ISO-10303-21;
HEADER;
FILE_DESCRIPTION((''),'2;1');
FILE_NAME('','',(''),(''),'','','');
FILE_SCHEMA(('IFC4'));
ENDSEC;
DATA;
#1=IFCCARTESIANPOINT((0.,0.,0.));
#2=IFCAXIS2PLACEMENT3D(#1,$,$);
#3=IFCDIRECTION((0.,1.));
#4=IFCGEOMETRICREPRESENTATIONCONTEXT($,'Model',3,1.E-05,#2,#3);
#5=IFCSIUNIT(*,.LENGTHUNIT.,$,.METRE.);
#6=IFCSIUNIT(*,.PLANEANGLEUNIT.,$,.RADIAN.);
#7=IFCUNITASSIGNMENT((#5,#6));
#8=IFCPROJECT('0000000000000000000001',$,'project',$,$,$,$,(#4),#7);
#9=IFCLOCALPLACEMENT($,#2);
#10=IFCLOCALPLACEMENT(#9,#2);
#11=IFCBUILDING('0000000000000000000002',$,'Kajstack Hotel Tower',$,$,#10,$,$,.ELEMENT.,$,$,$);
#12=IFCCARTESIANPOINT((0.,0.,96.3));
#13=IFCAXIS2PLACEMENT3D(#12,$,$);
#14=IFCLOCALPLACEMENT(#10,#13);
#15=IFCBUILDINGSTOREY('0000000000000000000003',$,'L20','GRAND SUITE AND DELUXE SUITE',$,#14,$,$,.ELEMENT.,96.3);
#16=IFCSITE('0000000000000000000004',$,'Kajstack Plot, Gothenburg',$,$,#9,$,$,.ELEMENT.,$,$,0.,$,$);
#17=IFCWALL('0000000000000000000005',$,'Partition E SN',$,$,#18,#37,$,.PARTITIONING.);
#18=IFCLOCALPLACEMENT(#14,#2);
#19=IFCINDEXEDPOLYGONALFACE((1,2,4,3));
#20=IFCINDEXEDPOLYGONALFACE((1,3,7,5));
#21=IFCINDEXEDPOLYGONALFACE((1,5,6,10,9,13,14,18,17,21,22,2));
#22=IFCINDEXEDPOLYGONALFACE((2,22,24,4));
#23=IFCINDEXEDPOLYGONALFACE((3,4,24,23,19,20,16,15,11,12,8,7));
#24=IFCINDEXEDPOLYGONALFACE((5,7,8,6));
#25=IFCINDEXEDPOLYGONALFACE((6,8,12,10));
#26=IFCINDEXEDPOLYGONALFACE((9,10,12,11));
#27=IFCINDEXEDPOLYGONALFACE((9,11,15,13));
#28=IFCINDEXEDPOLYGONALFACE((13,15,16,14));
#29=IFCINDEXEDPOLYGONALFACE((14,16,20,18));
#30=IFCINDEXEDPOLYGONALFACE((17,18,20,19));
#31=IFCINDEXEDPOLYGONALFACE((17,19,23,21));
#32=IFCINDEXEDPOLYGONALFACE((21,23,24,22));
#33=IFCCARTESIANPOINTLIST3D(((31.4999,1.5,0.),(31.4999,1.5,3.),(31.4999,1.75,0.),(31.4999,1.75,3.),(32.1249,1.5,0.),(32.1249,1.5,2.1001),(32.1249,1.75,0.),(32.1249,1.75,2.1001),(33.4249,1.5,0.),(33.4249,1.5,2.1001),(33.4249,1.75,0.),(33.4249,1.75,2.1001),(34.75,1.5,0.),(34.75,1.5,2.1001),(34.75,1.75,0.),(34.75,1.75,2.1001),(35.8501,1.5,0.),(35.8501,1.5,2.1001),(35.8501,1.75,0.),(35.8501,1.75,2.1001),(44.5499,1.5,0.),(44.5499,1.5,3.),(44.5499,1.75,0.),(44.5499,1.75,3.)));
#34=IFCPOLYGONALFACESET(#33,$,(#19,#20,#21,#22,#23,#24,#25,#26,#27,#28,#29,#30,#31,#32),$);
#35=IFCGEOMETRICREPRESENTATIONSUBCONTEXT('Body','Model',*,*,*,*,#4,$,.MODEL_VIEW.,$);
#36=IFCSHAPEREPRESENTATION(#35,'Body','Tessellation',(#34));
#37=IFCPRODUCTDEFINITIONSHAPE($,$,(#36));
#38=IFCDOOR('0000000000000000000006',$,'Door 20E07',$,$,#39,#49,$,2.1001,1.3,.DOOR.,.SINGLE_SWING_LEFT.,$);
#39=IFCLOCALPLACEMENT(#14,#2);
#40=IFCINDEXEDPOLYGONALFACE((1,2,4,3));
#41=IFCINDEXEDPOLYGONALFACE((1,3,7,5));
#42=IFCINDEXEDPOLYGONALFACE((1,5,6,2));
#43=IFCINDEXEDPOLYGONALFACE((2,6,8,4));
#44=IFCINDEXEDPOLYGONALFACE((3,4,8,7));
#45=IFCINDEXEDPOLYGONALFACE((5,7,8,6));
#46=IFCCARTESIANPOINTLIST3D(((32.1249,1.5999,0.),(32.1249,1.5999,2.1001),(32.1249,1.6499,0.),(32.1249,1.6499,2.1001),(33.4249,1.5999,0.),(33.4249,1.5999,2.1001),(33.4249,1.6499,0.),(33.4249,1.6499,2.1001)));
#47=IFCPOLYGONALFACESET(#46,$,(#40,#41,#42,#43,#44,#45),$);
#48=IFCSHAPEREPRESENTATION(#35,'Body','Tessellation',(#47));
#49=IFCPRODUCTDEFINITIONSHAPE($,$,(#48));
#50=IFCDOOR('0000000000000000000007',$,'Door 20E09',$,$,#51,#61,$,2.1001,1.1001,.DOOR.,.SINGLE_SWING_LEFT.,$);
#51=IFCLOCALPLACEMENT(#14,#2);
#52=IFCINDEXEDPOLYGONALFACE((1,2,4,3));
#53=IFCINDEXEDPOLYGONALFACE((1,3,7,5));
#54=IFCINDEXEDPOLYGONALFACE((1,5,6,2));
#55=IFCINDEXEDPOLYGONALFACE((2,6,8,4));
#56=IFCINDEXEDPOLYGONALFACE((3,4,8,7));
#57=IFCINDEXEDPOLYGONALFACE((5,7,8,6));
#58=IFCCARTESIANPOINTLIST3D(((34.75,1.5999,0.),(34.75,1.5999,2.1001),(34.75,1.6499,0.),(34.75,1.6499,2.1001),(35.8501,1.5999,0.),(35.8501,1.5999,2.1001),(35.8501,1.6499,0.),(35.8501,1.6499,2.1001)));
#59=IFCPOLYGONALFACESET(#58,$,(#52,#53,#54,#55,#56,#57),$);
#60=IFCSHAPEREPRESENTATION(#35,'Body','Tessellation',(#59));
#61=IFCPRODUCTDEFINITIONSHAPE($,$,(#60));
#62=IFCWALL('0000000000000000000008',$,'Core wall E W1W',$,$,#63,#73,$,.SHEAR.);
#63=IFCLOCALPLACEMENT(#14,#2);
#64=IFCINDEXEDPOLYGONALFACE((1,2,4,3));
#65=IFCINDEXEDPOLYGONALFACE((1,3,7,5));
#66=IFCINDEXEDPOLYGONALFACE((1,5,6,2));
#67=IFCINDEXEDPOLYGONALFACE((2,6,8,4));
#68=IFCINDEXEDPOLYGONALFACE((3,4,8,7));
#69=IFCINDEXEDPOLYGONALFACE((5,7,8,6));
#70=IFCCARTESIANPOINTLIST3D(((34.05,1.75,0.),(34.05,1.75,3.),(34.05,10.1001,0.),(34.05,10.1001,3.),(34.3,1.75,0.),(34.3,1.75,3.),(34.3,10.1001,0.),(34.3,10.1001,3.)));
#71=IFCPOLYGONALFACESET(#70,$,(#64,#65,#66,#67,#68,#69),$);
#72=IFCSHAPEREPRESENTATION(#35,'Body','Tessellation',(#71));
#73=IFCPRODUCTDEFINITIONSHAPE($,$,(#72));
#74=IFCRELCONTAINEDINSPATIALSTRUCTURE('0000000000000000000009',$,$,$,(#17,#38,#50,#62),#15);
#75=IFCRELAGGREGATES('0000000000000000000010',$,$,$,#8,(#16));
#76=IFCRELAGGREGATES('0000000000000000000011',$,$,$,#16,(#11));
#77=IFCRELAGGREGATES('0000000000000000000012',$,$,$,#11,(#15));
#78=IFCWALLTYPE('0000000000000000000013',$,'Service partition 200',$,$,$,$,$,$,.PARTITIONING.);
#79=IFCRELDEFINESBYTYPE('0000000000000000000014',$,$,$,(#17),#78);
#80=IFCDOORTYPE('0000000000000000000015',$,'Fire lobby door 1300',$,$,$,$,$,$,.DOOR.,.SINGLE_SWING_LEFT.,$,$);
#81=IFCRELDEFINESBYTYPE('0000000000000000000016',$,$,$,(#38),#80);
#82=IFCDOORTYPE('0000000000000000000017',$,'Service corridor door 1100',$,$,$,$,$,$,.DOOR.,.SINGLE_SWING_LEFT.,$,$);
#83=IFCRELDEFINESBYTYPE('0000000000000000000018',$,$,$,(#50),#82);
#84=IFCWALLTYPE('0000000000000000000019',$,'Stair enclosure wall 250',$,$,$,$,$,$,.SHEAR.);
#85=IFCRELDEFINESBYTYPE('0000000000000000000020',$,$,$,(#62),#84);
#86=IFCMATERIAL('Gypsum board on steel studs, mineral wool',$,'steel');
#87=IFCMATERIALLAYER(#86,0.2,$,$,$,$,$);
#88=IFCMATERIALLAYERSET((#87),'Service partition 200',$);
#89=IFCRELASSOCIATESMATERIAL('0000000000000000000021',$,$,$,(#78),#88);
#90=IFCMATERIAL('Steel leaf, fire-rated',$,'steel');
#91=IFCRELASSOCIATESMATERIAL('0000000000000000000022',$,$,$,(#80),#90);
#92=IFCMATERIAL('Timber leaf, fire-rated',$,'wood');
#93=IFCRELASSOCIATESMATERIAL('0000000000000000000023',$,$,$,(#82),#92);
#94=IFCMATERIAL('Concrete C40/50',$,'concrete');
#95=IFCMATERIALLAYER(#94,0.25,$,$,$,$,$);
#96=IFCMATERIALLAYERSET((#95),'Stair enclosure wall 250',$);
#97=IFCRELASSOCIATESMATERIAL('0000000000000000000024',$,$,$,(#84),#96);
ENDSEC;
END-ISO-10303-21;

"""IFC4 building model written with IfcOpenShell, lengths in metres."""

from ifc_helpers import new_model, si_unit, direction, frame, frame_2d, origin, place, context, subcontext, project, spatial, rectangle, extrude, material, layer, layer_set, type_object, element, fill, save


model = new_model("IFC4")

# Units and contexts
model_context = context("Model", 3, precision=1e-05, world=origin(), true_north=direction((0.0, 1.0)))
body_context = subcontext(model_context, "Body", "Model", "MODEL_VIEW")
ifc_project = project(units=[si_unit("LENGTHUNIT", "METRE"), si_unit("PLANEANGLEUNIT", "RADIAN")], contexts=[model_context])

# Site, building, storey
site_placement = place(None, origin())
site = spatial("IfcSite", under=ifc_project, at=site_placement, Name="Kajstack Plot, Gothenburg", CompositionType="ELEMENT", RefElevation=0.0)
building_placement = place(site_placement, origin())
building = spatial("IfcBuilding", under=site, at=building_placement, Name="Kajstack Hotel Tower", CompositionType="ELEMENT")
storey_placement = place(building_placement, frame((0.0, 0.0, 96.3)))
storey = spatial("IfcBuildingStorey", under=building, at=storey_placement, Name="L20", Description="GRAND SUITE AND DELUXE SUITE", CompositionType="ELEMENT", Elevation=96.3)

# Wall, openings, doors
ifc_material_1 = material(Name="Gypsum board on steel studs, mineral wool", Category="steel")
ifc_layer_1 = layer(ifc_material_1, 0.2)
ifc_layer_set_1 = layer_set([ifc_layer_1], Name="Service partition 200")
wall_type_1 = type_object("IfcWallType", Name="Service partition 200", PredefinedType="PARTITIONING", material=ifc_layer_set_1)
wall_1_placement = place(storey_placement, frame((31.5, 1.625, 0.0), z_axis=(0.0, 0.0, 1.0), x_axis=(1.0, 0.0, 0.0)))
wall_1 = element("IfcWall", 1, at=wall_1_placement, inside=storey, type_object=wall_type_1, Name="Partition E SN", PredefinedType="PARTITIONING", context=body_context, shape_type="SweptSolid", body=[
    extrude(rectangle(XDim=13.05, YDim=0.25, at=frame_2d((6.5249, 0.0))), origin(), (0.0, 0.0, 1.0), 3.0),
])
opening_1_placement = place(wall_1_placement, frame((0.625, 0.0, 0.0)))
opening_1 = element("IfcOpeningElement", 2, at=opening_1_placement, cuts=wall_1, PredefinedType="OPENING", context=body_context, shape_type="SweptSolid", body=[
    extrude(rectangle(XDim=1.3, YDim=2.1001, at=frame_2d((0.6499, 1.05))), frame((0.0, 0.135, 0.0), z_axis=(0.0, -1.0, 0.0), x_axis=(1.0, 0.0, 0.0)), (0.0, 0.0, 1.0), 0.27),
])
opening_2_placement = place(wall_1_placement, frame((3.25, 0.0, 0.0)))
opening_2 = element("IfcOpeningElement", 3, at=opening_2_placement, cuts=wall_1, PredefinedType="OPENING", context=body_context, shape_type="SweptSolid", body=[
    extrude(rectangle(XDim=1.1001, YDim=2.1001, at=frame_2d((0.55, 1.05))), frame((0.0, 0.135, 0.0), z_axis=(0.0, -1.0, 0.0), x_axis=(1.0, 0.0, 0.0)), (0.0, 0.0, 1.0), 0.27),
])
ifc_material_2 = material(Name="Steel leaf, fire-rated", Category="steel")
door_type_1 = type_object("IfcDoorType", Name="Fire lobby door 1300", OperationType="SINGLE_SWING_LEFT", PredefinedType="DOOR", material=ifc_material_2)
door_1_placement = place(opening_1_placement, origin())
door_1 = element("IfcDoor", 4, at=door_1_placement, inside=storey, type_object=door_type_1, Name="Door 20E07", OperationType="SINGLE_SWING_LEFT", OverallHeight=2.1001, OverallWidth=1.3, PredefinedType="DOOR", context=body_context, shape_type="SweptSolid", body=[
    extrude(rectangle(XDim=1.3, YDim=2.1001, at=frame_2d((0.6499, 1.05))), frame((0.0, 0.0249, 0.0), z_axis=(0.0, -1.0, 0.0), x_axis=(1.0, 0.0, 0.0)), (0.0, 0.0, 1.0), 0.05),
])
fill(opening_1, door_1)
ifc_material_3 = material(Name="Timber leaf, fire-rated", Category="wood")
door_type_2 = type_object("IfcDoorType", Name="Service corridor door 1100", OperationType="SINGLE_SWING_LEFT", PredefinedType="DOOR", material=ifc_material_3)
door_2_placement = place(opening_2_placement, origin())
door_2 = element("IfcDoor", 5, at=door_2_placement, inside=storey, type_object=door_type_2, Name="Door 20E09", OperationType="SINGLE_SWING_LEFT", OverallHeight=2.1001, OverallWidth=1.1001, PredefinedType="DOOR", context=body_context, shape_type="SweptSolid", body=[
    extrude(rectangle(XDim=1.1001, YDim=2.1001, at=frame_2d((0.55, 1.05))), frame((0.0, 0.0249, 0.0), z_axis=(0.0, -1.0, 0.0), x_axis=(1.0, 0.0, 0.0)), (0.0, 0.0, 1.0), 0.05),
])
fill(opening_2, door_2)

# Wall
ifc_material_4 = material(Name="Concrete C40/50", Category="concrete")
ifc_layer_2 = layer(ifc_material_4, 0.25)
ifc_layer_set_2 = layer_set([ifc_layer_2], Name="Stair enclosure wall 250")
wall_type_2 = type_object("IfcWallType", Name="Stair enclosure wall 250", PredefinedType="SHEAR", material=ifc_layer_set_2)
wall_2_placement = place(storey_placement, frame((34.175, 1.75, 0.0), z_axis=(0.0, 0.0, 1.0), x_axis=(0.0, 1.0, 0.0)))
element("IfcWall", 6, at=wall_2_placement, inside=storey, type_object=wall_type_2, Name="Core wall E W1W", PredefinedType="SHEAR", context=body_context, shape_type="SweptSolid", body=[
    extrude(rectangle(XDim=8.3501, YDim=0.25, at=frame_2d((4.175, 0.0))), origin(), (0.0, 0.0, 1.0), 3.0),
])

save(model, "model.ifc")
